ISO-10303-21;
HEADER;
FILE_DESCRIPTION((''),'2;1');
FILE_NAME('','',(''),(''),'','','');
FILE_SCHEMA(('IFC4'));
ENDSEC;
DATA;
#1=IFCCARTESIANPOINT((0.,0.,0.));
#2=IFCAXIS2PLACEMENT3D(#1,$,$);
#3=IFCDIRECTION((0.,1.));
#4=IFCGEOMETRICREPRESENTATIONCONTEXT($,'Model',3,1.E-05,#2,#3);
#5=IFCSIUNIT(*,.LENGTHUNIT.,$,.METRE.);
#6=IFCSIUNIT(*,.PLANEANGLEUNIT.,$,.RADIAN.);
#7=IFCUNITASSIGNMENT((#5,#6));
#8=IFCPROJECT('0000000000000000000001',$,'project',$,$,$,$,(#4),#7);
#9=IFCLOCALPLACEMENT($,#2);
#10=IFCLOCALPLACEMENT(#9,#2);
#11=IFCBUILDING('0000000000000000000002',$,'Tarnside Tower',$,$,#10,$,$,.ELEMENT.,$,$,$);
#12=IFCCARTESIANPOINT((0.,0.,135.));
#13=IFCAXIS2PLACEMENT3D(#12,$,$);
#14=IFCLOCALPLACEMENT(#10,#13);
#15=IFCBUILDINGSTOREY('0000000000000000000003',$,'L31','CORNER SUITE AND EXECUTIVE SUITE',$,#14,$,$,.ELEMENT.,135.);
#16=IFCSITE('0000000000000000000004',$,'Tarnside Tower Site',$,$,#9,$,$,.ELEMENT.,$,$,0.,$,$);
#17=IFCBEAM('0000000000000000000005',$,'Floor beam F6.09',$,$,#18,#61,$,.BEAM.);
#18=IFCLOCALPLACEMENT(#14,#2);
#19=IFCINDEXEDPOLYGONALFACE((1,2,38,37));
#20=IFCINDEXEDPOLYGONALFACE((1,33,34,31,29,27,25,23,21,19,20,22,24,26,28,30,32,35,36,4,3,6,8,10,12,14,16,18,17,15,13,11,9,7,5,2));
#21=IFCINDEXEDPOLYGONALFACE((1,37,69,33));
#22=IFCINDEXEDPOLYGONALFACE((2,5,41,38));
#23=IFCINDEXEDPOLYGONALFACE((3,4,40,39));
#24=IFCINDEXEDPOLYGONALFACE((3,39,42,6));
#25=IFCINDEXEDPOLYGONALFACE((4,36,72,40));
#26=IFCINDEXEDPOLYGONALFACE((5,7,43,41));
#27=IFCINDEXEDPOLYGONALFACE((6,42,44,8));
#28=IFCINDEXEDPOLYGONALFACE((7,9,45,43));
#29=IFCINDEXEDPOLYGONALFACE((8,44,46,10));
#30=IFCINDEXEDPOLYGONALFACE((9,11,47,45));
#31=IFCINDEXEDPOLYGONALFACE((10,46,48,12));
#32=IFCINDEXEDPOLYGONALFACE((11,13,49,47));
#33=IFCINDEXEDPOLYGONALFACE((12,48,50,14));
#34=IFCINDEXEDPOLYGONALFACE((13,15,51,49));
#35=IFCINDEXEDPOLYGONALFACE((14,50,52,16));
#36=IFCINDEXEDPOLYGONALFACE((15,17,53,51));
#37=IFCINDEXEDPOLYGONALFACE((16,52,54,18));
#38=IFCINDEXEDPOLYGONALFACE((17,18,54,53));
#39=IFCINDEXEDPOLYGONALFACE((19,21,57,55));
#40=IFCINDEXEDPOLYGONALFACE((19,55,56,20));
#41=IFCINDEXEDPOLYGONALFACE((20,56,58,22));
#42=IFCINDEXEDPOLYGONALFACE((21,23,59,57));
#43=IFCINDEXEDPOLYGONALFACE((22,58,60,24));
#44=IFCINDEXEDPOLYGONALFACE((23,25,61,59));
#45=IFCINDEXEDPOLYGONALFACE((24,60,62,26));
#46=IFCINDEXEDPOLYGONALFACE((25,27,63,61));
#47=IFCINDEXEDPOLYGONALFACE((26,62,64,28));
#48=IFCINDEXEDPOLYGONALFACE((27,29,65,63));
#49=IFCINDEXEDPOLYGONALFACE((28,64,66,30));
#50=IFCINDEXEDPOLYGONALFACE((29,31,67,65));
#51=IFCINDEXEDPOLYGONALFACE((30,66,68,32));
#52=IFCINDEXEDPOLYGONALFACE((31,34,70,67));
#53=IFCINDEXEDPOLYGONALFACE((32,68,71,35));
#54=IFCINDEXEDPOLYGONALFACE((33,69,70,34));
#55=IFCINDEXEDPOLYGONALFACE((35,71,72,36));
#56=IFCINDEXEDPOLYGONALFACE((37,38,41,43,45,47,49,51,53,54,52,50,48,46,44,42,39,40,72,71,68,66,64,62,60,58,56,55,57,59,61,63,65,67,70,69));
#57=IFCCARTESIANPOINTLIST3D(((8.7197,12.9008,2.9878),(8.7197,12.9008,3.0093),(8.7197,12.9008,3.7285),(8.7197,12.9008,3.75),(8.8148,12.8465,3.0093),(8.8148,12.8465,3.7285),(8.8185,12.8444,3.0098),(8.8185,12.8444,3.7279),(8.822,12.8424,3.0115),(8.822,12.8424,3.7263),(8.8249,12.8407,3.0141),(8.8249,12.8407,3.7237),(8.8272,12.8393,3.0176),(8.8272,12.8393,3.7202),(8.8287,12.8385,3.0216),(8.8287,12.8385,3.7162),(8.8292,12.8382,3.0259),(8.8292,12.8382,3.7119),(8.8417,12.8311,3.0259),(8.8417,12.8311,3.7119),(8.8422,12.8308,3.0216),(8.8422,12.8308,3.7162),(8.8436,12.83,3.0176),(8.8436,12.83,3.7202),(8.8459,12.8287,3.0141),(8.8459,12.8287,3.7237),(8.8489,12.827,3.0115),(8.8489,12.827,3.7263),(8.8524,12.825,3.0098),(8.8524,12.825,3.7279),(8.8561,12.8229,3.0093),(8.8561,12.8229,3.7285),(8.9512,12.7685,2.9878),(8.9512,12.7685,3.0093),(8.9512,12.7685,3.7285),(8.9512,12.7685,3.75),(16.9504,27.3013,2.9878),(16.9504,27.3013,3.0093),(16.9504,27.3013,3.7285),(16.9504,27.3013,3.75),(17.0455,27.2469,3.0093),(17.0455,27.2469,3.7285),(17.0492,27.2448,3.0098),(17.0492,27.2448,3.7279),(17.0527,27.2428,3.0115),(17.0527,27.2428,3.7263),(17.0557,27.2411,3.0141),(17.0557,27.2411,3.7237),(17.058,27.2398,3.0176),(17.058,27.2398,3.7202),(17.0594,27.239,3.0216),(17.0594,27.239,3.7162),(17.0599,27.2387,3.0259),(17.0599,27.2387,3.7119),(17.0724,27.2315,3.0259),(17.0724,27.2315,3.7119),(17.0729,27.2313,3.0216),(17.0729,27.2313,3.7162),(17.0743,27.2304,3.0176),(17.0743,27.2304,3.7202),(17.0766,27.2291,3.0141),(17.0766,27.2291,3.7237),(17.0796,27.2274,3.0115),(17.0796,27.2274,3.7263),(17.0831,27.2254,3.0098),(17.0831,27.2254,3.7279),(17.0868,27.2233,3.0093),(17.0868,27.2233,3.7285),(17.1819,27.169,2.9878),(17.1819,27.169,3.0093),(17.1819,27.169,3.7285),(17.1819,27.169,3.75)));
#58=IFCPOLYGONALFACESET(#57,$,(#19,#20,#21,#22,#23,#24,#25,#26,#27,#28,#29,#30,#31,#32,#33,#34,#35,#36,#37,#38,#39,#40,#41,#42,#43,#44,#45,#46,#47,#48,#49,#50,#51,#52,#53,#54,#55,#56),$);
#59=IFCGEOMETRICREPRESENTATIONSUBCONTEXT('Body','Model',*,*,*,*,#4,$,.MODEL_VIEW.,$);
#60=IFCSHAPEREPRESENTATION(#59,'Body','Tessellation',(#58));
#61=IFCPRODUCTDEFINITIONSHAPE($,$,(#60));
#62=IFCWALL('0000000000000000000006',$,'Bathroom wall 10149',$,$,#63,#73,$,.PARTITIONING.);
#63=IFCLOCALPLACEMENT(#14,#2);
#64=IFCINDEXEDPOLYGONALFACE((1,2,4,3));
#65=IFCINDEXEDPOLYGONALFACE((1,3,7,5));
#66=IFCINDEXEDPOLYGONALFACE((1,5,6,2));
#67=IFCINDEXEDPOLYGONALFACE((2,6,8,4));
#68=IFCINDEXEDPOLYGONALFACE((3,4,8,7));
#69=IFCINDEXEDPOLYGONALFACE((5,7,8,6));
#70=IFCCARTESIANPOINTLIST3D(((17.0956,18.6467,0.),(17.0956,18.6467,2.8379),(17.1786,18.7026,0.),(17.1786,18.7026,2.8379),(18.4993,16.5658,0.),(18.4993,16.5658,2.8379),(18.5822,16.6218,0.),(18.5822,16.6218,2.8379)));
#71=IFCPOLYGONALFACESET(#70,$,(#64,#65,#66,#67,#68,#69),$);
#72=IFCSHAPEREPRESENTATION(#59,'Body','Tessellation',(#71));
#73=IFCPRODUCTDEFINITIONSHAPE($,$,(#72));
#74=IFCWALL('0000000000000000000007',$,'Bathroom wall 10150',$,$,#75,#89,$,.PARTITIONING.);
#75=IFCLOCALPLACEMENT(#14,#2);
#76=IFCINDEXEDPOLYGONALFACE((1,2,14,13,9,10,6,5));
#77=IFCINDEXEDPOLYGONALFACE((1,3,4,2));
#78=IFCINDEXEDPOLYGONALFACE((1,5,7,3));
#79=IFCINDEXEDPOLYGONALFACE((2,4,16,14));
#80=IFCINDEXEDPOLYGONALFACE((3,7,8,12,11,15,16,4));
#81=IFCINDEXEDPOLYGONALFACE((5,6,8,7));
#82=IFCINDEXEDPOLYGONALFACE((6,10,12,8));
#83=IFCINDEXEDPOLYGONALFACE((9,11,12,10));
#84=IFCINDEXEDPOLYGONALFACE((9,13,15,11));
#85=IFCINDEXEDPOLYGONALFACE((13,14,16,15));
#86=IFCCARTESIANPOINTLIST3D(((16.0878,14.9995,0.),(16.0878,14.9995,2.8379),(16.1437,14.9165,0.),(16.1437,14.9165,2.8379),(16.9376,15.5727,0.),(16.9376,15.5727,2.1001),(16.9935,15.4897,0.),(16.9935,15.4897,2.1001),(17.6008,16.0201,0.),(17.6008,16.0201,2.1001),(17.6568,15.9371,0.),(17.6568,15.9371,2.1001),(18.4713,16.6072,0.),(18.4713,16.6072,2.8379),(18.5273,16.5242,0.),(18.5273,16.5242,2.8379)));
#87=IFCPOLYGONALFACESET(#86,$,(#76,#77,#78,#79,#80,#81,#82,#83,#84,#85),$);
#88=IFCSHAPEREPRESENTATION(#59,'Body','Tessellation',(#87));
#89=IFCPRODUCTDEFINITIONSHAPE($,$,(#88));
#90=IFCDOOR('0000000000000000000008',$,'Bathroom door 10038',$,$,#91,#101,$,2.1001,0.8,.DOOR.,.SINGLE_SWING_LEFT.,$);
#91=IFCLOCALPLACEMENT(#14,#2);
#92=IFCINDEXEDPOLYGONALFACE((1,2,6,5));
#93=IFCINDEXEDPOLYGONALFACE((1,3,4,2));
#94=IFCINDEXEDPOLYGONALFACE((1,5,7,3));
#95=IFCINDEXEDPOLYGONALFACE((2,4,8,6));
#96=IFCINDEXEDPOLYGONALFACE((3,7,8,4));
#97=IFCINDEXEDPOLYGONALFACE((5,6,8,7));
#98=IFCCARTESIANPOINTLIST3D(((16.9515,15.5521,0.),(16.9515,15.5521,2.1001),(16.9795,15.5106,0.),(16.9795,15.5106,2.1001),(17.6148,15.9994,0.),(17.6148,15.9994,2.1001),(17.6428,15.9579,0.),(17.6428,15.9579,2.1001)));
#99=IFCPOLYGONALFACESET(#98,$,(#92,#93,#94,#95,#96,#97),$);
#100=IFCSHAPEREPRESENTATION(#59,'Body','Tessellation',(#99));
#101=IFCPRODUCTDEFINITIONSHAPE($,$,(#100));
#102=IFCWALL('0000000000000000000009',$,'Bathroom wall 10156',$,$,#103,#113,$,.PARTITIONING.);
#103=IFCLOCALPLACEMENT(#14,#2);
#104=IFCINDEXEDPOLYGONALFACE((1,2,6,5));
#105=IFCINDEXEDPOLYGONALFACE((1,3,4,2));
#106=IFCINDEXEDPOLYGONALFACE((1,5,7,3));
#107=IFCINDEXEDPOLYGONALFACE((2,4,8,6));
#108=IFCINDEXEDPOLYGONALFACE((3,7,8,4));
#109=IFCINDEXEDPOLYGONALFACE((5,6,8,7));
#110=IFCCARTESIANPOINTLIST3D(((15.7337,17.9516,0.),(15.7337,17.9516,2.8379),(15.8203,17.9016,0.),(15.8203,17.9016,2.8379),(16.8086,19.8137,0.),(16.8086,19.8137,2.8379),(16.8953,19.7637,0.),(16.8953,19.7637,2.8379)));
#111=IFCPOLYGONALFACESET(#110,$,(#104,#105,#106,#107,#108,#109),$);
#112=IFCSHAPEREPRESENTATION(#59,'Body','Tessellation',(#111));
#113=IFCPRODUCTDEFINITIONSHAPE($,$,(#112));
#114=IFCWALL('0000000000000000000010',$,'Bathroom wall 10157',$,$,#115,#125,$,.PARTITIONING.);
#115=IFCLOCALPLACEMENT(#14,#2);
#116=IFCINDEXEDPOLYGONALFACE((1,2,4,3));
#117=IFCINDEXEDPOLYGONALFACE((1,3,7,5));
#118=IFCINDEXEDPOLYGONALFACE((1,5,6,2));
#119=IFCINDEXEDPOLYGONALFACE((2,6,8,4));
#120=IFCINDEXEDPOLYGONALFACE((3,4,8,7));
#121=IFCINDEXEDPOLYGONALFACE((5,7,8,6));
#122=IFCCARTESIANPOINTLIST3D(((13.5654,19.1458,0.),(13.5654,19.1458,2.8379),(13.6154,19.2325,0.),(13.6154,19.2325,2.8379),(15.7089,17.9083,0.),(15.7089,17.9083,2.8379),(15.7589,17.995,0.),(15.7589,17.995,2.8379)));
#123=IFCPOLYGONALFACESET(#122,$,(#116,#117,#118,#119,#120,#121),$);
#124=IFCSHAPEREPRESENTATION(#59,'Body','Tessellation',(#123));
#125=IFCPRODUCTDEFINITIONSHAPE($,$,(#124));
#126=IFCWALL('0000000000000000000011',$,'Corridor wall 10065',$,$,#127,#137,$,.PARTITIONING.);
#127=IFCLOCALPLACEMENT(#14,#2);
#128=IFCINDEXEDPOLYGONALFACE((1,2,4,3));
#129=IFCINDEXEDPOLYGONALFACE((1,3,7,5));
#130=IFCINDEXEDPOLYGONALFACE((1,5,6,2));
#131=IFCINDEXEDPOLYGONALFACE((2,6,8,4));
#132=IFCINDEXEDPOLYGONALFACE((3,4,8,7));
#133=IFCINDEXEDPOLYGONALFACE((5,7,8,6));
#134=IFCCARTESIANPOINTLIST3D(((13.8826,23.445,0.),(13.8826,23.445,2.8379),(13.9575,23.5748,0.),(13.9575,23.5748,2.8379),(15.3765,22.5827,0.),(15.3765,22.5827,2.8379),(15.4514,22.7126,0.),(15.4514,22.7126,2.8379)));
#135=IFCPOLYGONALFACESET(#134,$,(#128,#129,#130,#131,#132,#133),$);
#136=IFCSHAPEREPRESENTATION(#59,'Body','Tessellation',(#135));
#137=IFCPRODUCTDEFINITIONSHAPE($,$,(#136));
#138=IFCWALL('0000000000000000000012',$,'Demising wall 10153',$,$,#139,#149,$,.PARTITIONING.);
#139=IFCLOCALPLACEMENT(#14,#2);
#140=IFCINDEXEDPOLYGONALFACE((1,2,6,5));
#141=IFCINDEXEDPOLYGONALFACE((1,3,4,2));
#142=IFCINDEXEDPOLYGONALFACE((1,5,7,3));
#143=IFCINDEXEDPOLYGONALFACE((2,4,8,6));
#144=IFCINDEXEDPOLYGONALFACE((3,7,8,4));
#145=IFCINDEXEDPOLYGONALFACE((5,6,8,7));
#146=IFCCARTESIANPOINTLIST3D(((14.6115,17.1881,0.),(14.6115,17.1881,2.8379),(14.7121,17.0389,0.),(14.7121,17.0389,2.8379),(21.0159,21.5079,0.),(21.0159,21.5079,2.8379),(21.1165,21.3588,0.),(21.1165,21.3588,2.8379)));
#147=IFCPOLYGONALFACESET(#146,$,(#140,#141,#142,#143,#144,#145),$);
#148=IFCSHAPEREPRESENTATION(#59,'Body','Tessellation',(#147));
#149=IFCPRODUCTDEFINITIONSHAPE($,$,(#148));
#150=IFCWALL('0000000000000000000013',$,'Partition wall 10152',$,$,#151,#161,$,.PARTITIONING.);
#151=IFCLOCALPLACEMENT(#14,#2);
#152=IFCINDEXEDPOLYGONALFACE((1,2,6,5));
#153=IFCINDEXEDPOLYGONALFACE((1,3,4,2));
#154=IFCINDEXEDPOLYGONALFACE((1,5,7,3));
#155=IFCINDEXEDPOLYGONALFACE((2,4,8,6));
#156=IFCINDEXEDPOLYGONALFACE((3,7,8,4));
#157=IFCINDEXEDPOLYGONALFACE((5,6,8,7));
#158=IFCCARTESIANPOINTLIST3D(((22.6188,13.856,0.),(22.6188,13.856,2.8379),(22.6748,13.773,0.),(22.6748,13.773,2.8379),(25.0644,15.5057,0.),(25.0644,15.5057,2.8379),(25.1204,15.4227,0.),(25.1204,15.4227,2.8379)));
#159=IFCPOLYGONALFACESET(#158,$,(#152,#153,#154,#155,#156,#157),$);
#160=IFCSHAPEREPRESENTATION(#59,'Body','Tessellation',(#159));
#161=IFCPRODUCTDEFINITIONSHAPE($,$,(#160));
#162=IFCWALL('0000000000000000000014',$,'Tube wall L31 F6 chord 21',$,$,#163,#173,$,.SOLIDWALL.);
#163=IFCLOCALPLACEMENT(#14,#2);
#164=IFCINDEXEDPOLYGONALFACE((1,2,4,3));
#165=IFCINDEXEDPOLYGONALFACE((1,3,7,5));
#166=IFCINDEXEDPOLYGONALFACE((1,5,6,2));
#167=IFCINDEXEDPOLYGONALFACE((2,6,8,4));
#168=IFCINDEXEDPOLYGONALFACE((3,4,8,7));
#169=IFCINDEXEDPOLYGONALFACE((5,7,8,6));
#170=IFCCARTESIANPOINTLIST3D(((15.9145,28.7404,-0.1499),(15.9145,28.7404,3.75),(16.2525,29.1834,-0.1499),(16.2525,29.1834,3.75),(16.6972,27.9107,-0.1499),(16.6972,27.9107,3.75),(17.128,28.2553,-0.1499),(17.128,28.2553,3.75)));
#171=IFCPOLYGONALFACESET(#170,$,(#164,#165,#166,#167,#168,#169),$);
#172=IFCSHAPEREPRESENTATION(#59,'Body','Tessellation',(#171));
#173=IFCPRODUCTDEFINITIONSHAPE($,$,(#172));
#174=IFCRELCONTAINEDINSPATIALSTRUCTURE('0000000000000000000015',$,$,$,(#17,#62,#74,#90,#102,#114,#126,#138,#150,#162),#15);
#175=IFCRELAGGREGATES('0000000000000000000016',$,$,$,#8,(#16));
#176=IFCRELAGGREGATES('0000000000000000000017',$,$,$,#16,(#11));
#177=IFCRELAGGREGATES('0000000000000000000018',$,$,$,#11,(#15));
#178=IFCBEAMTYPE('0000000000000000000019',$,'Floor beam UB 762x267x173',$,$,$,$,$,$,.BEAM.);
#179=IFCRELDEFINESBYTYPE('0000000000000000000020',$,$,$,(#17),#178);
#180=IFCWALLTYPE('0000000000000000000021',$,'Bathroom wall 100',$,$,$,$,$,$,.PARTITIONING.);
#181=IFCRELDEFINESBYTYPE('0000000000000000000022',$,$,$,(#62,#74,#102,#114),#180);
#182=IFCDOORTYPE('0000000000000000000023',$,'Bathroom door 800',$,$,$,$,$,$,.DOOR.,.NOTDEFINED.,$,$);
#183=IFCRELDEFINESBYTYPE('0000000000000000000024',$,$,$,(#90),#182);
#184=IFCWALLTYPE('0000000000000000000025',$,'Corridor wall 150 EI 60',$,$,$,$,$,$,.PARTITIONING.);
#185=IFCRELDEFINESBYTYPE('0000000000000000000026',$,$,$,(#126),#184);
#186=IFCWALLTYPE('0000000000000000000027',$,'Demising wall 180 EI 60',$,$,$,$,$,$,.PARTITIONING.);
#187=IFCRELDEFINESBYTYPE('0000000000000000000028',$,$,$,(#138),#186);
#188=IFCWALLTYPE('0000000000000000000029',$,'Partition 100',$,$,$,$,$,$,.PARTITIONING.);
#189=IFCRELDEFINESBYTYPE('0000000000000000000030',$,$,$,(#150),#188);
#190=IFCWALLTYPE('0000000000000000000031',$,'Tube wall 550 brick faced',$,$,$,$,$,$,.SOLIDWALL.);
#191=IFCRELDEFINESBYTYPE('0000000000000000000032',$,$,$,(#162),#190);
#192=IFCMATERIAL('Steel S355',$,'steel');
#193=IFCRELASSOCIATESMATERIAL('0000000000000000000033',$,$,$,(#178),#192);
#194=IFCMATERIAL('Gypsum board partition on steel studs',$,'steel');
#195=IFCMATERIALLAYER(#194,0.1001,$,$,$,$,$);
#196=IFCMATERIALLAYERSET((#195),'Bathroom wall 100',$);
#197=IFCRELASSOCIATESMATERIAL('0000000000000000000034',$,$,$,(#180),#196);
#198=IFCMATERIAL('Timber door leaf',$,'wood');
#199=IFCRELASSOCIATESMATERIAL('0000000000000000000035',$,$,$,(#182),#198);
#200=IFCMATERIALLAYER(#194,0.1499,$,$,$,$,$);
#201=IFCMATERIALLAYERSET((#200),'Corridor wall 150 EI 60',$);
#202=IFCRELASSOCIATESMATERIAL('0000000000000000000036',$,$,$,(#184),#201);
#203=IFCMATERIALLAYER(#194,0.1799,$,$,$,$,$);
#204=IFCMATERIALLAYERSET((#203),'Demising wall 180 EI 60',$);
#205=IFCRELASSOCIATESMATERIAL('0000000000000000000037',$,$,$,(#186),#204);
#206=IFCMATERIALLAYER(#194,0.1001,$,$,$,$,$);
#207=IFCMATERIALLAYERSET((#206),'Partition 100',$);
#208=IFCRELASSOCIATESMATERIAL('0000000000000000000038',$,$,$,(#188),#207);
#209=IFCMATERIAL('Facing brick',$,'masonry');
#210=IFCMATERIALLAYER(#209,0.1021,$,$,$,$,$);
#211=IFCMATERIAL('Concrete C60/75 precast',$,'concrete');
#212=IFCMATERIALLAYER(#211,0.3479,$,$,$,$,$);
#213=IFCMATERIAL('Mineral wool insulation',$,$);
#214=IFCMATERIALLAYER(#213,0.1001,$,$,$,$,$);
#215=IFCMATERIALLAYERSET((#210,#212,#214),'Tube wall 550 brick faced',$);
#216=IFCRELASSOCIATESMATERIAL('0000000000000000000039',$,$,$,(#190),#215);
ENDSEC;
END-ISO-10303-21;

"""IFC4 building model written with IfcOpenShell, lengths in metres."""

from ifc_helpers import new_model, si_unit, direction, frame, frame_2d, origin, origin_2d, place, context, subcontext, project, spatial, polyline, rectangle, i_section, outline, extrude, material, layer, layer_set, material_profile, profile_set, type_object, element, fill, save


model = new_model("IFC4")

# Units and contexts
model_context = context("Model", 3, precision=1e-05, world=origin(), true_north=direction((0.0, 1.0)))
body_context = subcontext(model_context, "Body", "Model", "MODEL_VIEW")
ifc_project = project(units=[si_unit("LENGTHUNIT", "METRE"), si_unit("PLANEANGLEUNIT", "RADIAN")], contexts=[model_context])

# Site, building, storey
site_placement = place(None, origin())
site = spatial("IfcSite", under=ifc_project, at=site_placement, Name="Tarnside Tower Site", CompositionType="ELEMENT", RefElevation=0.0)
building_placement = place(site_placement, origin())
building = spatial("IfcBuilding", under=site, at=building_placement, Name="Tarnside Tower", CompositionType="ELEMENT")
storey_placement = place(building_placement, frame((0.0, 0.0, 135.0)))
storey = spatial("IfcBuildingStorey", under=building, at=storey_placement, Name="L31", Description="CORNER SUITE AND EXECUTIVE SUITE", CompositionType="ELEMENT", Elevation=135.0)

# Beam
ifc_material_1 = material(Name="Steel S355", Category="steel")
ifc_material_profile_1 = material_profile(ifc_material_1, i_section(OverallWidth=0.2666, OverallDepth=0.7622, WebThickness=0.0144, FlangeThickness=0.0215, FilletRadius=0.0166, at=origin_2d()), Name="UB 762x267x173")
ifc_profile_set_1 = profile_set([ifc_material_profile_1], Name="Steel S355")
beam_type_1 = type_object("IfcBeamType", Name="Floor beam UB 762x267x173", PredefinedType="BEAM", material=ifc_profile_set_1)
beam_1_placement = place(storey_placement, frame((17.0662, 27.2351, 3.3689), z_axis=(-0.496226, -0.868193, 0.0), x_axis=(0.868193, -0.496226, 0.0)))
element("IfcBeam", 1, at=beam_1_placement, inside=storey, type_object=beam_type_1, Name="Floor beam F6.09", PredefinedType="BEAM", context=body_context, shape_type="SweptSolid", body=[
    extrude(i_section(OverallWidth=0.2666, OverallDepth=0.7622, WebThickness=0.0144, FlangeThickness=0.0215, FilletRadius=0.0166, at=origin_2d()), origin(), (0.0, 0.0, 1.0), 16.5867),
])

# Wall
ifc_material_2 = material(Name="Gypsum board partition on steel studs", Category="steel")
ifc_layer_1 = layer(ifc_material_2, 0.1001)
ifc_layer_set_1 = layer_set([ifc_layer_1], Name="Bathroom wall 100")
wall_type_1 = type_object("IfcWallType", Name="Bathroom wall 100", PredefinedType="PARTITIONING", material=ifc_layer_set_1)
wall_1_placement = place(storey_placement, frame((17.1372, 18.6746, 0.0), z_axis=(0.0, 0.0, 1.0), x_axis=(0.559204, -0.82903, 0.0)))
element("IfcWall", 2, at=wall_1_placement, inside=storey, type_object=wall_type_1, Name="Bathroom wall 10149", PredefinedType="PARTITIONING", context=body_context, shape_type="SweptSolid", body=[
    extrude(rectangle(XDim=2.51, YDim=0.1001, at=frame_2d((1.2549, 0.0))), origin(), (0.0, 0.0, 1.0), 2.8379),
])

# Wall, opening, door
wall_2_placement = place(storey_placement, frame((18.4993, 16.5657, 0.0), z_axis=(0.0, 0.0, 1.0), x_axis=(-0.829046, -0.55918, 0.0)))
wall_2 = element("IfcWall", 3, at=wall_2_placement, inside=storey, type_object=wall_type_1, Name="Bathroom wall 10150", PredefinedType="PARTITIONING", context=body_context, shape_type="SweptSolid", body=[
    extrude(rectangle(XDim=2.875, YDim=0.1001, at=frame_2d((1.4375, 0.0))), origin(), (0.0, 0.0, 1.0), 2.8379),
])
opening_placement = place(wall_2_placement, frame((1.05, 0.0, 0.0)))
opening = element("IfcOpeningElement", 4, at=opening_placement, cuts=wall_2, PredefinedType="OPENING", context=body_context, shape_type="SweptSolid", body=[
    extrude(rectangle(XDim=0.8, YDim=2.1001, at=frame_2d((0.3999, 1.05))), frame((0.0, 0.0601, 0.0), z_axis=(0.0, -1.0, 0.0), x_axis=(1.0, 0.0, 0.0)), (0.0, 0.0, 1.0), 0.1201),
])
ifc_material_3 = material(Name="Timber door leaf", Category="wood")
door_type = type_object("IfcDoorType", Name="Bathroom door 800", OperationType="NOTDEFINED", PredefinedType="DOOR", material=ifc_material_3)
door_placement = place(opening_placement, origin())
door = element("IfcDoor", 5, at=door_placement, inside=storey, type_object=door_type, Name="Bathroom door 10038", OperationType="SINGLE_SWING_LEFT", OverallHeight=2.1001, OverallWidth=0.8, PredefinedType="DOOR", context=body_context, shape_type="SweptSolid", body=[
    extrude(rectangle(XDim=0.8, YDim=2.1001, at=frame_2d((0.3999, 1.05))), frame((0.0, 0.0249, 0.0), z_axis=(0.0, -1.0, 0.0), x_axis=(1.0, 0.0, 0.0)), (0.0, 0.0, 1.0), 0.05),
])
fill(opening, door)

# Walls
wall_3_placement = place(storey_placement, frame((16.8521, 19.7888, 0.0), z_axis=(0.0, 0.0, 1.0), x_axis=(-0.499962, -0.866048, 0.0)))
element("IfcWall", 6, at=wall_3_placement, inside=storey, type_object=wall_type_1, Name="Bathroom wall 10156", PredefinedType="PARTITIONING", context=body_context, shape_type="SweptSolid", body=[
    extrude(rectangle(XDim=2.1501, YDim=0.1001, at=frame_2d((1.0752, 0.0))), origin(), (0.0, 0.0, 1.0), 2.8379),
])
wall_4_placement = place(storey_placement, frame((15.7339, 17.9517, 0.0), z_axis=(0.0, 0.0, 1.0), x_axis=(-0.866031, 0.49999, 0.0)))
element("IfcWall", 7, at=wall_4_placement, inside=storey, type_object=wall_type_1, Name="Bathroom wall 10157", PredefinedType="PARTITIONING", context=body_context, shape_type="SweptSolid", body=[
    extrude(rectangle(XDim=2.4751, YDim=0.1001, at=frame_2d((1.2375, 0.0))), origin(), (0.0, 0.0, 1.0), 2.8379),
])
ifc_layer_2 = layer(ifc_material_2, 0.1499)
ifc_layer_set_2 = layer_set([ifc_layer_2], Name="Corridor wall 150 EI 60")
wall_type_2 = type_object("IfcWallType", Name="Corridor wall 150 EI 60", PredefinedType="PARTITIONING", material=ifc_layer_set_2)
wall_5_placement = place(storey_placement, frame((15.4138, 22.6477, 0.0), z_axis=(0.0, 0.0, 1.0), x_axis=(-0.866075, 0.499914, 0.0)))
element("IfcWall", 8, at=wall_5_placement, inside=storey, type_object=wall_type_2, Name="Corridor wall 10065", PredefinedType="PARTITIONING", context=body_context, shape_type="SweptSolid", body=[
    extrude(rectangle(XDim=1.7249, YDim=0.1499, at=frame_2d((0.8623, 0.0))), origin(), (0.0, 0.0, 1.0), 2.8379),
])
ifc_layer_3 = layer(ifc_material_2, 0.1799)
ifc_layer_set_3 = layer_set([ifc_layer_3], Name="Demising wall 180 EI 60")
wall_type_3 = type_object("IfcWallType", Name="Demising wall 180 EI 60", PredefinedType="PARTITIONING", material=ifc_layer_set_3)
wall_6_placement = place(storey_placement, frame((21.0662, 21.4333, 0.0), z_axis=(0.0, 0.0, 1.0), x_axis=(-0.829033, -0.559199, 0.0)))
element("IfcWall", 9, at=wall_6_placement, inside=storey, type_object=wall_type_3, Name="Demising wall 10153", PredefinedType="PARTITIONING", context=body_context, shape_type="SweptSolid", body=[
    extrude(rectangle(XDim=7.7251, YDim=0.1799, at=frame_2d((3.8625, 0.0))), origin(), (0.0, 0.0, 1.0), 2.8379),
])
ifc_layer_4 = layer(ifc_material_2, 0.1001)
ifc_layer_set_4 = layer_set([ifc_layer_4], Name="Partition 100")
wall_type_4 = type_object("IfcWallType", Name="Partition 100", PredefinedType="PARTITIONING", material=ifc_layer_set_4)
wall_7_placement = place(storey_placement, frame((22.6467, 13.8145, 0.0), z_axis=(0.0, 0.0, 1.0), x_axis=(0.82902, 0.559218, 0.0)))
element("IfcWall", 10, at=wall_7_placement, inside=storey, type_object=wall_type_4, Name="Partition wall 10152", PredefinedType="PARTITIONING", context=body_context, shape_type="SweptSolid", body=[
    extrude(rectangle(XDim=2.95, YDim=0.1001, at=frame_2d((1.4751, 0.0))), origin(), (0.0, 0.0, 1.0), 2.8379),
])
ifc_material_4 = material(Name="Facing brick", Category="masonry")
ifc_layer_5 = layer(ifc_material_4, 0.1021)
ifc_material_5 = material(Name="Concrete C60/75 precast", Category="concrete")
ifc_layer_6 = layer(ifc_material_5, 0.3479)
ifc_material_6 = material(Name="Mineral wool insulation")
ifc_layer_7 = layer(ifc_material_6, 0.1001)
ifc_layer_set_5 = layer_set([ifc_layer_5, ifc_layer_6, ifc_layer_7], Name="Tube wall 550 brick faced")
wall_type_5 = type_object("IfcWallType", Name="Tube wall 550 brick faced", PredefinedType="SOLIDWALL", material=ifc_layer_set_5)
wall_8_placement = place(storey_placement, frame((16.9126, 28.083, -0.1499), z_axis=(0.0, 0.0, 1.0), x_axis=(-0.686196, 0.727416, 0.0)))
element("IfcWall", 11, at=wall_8_placement, inside=storey, type_object=wall_type_5, Name="Tube wall L31 F6 chord 21", PredefinedType="SOLIDWALL", context=body_context, shape_type="SweptSolid", body=[
    extrude(outline(polyline([(-0.0225, -0.2749), (1.2534, -0.2749), (1.1631, 0.2749), (0.0225, 0.2749), (-0.0225, -0.2749)])), origin(), (0.0, 0.0, 1.0), 3.8999),
])

save(model, "model.ifc")
